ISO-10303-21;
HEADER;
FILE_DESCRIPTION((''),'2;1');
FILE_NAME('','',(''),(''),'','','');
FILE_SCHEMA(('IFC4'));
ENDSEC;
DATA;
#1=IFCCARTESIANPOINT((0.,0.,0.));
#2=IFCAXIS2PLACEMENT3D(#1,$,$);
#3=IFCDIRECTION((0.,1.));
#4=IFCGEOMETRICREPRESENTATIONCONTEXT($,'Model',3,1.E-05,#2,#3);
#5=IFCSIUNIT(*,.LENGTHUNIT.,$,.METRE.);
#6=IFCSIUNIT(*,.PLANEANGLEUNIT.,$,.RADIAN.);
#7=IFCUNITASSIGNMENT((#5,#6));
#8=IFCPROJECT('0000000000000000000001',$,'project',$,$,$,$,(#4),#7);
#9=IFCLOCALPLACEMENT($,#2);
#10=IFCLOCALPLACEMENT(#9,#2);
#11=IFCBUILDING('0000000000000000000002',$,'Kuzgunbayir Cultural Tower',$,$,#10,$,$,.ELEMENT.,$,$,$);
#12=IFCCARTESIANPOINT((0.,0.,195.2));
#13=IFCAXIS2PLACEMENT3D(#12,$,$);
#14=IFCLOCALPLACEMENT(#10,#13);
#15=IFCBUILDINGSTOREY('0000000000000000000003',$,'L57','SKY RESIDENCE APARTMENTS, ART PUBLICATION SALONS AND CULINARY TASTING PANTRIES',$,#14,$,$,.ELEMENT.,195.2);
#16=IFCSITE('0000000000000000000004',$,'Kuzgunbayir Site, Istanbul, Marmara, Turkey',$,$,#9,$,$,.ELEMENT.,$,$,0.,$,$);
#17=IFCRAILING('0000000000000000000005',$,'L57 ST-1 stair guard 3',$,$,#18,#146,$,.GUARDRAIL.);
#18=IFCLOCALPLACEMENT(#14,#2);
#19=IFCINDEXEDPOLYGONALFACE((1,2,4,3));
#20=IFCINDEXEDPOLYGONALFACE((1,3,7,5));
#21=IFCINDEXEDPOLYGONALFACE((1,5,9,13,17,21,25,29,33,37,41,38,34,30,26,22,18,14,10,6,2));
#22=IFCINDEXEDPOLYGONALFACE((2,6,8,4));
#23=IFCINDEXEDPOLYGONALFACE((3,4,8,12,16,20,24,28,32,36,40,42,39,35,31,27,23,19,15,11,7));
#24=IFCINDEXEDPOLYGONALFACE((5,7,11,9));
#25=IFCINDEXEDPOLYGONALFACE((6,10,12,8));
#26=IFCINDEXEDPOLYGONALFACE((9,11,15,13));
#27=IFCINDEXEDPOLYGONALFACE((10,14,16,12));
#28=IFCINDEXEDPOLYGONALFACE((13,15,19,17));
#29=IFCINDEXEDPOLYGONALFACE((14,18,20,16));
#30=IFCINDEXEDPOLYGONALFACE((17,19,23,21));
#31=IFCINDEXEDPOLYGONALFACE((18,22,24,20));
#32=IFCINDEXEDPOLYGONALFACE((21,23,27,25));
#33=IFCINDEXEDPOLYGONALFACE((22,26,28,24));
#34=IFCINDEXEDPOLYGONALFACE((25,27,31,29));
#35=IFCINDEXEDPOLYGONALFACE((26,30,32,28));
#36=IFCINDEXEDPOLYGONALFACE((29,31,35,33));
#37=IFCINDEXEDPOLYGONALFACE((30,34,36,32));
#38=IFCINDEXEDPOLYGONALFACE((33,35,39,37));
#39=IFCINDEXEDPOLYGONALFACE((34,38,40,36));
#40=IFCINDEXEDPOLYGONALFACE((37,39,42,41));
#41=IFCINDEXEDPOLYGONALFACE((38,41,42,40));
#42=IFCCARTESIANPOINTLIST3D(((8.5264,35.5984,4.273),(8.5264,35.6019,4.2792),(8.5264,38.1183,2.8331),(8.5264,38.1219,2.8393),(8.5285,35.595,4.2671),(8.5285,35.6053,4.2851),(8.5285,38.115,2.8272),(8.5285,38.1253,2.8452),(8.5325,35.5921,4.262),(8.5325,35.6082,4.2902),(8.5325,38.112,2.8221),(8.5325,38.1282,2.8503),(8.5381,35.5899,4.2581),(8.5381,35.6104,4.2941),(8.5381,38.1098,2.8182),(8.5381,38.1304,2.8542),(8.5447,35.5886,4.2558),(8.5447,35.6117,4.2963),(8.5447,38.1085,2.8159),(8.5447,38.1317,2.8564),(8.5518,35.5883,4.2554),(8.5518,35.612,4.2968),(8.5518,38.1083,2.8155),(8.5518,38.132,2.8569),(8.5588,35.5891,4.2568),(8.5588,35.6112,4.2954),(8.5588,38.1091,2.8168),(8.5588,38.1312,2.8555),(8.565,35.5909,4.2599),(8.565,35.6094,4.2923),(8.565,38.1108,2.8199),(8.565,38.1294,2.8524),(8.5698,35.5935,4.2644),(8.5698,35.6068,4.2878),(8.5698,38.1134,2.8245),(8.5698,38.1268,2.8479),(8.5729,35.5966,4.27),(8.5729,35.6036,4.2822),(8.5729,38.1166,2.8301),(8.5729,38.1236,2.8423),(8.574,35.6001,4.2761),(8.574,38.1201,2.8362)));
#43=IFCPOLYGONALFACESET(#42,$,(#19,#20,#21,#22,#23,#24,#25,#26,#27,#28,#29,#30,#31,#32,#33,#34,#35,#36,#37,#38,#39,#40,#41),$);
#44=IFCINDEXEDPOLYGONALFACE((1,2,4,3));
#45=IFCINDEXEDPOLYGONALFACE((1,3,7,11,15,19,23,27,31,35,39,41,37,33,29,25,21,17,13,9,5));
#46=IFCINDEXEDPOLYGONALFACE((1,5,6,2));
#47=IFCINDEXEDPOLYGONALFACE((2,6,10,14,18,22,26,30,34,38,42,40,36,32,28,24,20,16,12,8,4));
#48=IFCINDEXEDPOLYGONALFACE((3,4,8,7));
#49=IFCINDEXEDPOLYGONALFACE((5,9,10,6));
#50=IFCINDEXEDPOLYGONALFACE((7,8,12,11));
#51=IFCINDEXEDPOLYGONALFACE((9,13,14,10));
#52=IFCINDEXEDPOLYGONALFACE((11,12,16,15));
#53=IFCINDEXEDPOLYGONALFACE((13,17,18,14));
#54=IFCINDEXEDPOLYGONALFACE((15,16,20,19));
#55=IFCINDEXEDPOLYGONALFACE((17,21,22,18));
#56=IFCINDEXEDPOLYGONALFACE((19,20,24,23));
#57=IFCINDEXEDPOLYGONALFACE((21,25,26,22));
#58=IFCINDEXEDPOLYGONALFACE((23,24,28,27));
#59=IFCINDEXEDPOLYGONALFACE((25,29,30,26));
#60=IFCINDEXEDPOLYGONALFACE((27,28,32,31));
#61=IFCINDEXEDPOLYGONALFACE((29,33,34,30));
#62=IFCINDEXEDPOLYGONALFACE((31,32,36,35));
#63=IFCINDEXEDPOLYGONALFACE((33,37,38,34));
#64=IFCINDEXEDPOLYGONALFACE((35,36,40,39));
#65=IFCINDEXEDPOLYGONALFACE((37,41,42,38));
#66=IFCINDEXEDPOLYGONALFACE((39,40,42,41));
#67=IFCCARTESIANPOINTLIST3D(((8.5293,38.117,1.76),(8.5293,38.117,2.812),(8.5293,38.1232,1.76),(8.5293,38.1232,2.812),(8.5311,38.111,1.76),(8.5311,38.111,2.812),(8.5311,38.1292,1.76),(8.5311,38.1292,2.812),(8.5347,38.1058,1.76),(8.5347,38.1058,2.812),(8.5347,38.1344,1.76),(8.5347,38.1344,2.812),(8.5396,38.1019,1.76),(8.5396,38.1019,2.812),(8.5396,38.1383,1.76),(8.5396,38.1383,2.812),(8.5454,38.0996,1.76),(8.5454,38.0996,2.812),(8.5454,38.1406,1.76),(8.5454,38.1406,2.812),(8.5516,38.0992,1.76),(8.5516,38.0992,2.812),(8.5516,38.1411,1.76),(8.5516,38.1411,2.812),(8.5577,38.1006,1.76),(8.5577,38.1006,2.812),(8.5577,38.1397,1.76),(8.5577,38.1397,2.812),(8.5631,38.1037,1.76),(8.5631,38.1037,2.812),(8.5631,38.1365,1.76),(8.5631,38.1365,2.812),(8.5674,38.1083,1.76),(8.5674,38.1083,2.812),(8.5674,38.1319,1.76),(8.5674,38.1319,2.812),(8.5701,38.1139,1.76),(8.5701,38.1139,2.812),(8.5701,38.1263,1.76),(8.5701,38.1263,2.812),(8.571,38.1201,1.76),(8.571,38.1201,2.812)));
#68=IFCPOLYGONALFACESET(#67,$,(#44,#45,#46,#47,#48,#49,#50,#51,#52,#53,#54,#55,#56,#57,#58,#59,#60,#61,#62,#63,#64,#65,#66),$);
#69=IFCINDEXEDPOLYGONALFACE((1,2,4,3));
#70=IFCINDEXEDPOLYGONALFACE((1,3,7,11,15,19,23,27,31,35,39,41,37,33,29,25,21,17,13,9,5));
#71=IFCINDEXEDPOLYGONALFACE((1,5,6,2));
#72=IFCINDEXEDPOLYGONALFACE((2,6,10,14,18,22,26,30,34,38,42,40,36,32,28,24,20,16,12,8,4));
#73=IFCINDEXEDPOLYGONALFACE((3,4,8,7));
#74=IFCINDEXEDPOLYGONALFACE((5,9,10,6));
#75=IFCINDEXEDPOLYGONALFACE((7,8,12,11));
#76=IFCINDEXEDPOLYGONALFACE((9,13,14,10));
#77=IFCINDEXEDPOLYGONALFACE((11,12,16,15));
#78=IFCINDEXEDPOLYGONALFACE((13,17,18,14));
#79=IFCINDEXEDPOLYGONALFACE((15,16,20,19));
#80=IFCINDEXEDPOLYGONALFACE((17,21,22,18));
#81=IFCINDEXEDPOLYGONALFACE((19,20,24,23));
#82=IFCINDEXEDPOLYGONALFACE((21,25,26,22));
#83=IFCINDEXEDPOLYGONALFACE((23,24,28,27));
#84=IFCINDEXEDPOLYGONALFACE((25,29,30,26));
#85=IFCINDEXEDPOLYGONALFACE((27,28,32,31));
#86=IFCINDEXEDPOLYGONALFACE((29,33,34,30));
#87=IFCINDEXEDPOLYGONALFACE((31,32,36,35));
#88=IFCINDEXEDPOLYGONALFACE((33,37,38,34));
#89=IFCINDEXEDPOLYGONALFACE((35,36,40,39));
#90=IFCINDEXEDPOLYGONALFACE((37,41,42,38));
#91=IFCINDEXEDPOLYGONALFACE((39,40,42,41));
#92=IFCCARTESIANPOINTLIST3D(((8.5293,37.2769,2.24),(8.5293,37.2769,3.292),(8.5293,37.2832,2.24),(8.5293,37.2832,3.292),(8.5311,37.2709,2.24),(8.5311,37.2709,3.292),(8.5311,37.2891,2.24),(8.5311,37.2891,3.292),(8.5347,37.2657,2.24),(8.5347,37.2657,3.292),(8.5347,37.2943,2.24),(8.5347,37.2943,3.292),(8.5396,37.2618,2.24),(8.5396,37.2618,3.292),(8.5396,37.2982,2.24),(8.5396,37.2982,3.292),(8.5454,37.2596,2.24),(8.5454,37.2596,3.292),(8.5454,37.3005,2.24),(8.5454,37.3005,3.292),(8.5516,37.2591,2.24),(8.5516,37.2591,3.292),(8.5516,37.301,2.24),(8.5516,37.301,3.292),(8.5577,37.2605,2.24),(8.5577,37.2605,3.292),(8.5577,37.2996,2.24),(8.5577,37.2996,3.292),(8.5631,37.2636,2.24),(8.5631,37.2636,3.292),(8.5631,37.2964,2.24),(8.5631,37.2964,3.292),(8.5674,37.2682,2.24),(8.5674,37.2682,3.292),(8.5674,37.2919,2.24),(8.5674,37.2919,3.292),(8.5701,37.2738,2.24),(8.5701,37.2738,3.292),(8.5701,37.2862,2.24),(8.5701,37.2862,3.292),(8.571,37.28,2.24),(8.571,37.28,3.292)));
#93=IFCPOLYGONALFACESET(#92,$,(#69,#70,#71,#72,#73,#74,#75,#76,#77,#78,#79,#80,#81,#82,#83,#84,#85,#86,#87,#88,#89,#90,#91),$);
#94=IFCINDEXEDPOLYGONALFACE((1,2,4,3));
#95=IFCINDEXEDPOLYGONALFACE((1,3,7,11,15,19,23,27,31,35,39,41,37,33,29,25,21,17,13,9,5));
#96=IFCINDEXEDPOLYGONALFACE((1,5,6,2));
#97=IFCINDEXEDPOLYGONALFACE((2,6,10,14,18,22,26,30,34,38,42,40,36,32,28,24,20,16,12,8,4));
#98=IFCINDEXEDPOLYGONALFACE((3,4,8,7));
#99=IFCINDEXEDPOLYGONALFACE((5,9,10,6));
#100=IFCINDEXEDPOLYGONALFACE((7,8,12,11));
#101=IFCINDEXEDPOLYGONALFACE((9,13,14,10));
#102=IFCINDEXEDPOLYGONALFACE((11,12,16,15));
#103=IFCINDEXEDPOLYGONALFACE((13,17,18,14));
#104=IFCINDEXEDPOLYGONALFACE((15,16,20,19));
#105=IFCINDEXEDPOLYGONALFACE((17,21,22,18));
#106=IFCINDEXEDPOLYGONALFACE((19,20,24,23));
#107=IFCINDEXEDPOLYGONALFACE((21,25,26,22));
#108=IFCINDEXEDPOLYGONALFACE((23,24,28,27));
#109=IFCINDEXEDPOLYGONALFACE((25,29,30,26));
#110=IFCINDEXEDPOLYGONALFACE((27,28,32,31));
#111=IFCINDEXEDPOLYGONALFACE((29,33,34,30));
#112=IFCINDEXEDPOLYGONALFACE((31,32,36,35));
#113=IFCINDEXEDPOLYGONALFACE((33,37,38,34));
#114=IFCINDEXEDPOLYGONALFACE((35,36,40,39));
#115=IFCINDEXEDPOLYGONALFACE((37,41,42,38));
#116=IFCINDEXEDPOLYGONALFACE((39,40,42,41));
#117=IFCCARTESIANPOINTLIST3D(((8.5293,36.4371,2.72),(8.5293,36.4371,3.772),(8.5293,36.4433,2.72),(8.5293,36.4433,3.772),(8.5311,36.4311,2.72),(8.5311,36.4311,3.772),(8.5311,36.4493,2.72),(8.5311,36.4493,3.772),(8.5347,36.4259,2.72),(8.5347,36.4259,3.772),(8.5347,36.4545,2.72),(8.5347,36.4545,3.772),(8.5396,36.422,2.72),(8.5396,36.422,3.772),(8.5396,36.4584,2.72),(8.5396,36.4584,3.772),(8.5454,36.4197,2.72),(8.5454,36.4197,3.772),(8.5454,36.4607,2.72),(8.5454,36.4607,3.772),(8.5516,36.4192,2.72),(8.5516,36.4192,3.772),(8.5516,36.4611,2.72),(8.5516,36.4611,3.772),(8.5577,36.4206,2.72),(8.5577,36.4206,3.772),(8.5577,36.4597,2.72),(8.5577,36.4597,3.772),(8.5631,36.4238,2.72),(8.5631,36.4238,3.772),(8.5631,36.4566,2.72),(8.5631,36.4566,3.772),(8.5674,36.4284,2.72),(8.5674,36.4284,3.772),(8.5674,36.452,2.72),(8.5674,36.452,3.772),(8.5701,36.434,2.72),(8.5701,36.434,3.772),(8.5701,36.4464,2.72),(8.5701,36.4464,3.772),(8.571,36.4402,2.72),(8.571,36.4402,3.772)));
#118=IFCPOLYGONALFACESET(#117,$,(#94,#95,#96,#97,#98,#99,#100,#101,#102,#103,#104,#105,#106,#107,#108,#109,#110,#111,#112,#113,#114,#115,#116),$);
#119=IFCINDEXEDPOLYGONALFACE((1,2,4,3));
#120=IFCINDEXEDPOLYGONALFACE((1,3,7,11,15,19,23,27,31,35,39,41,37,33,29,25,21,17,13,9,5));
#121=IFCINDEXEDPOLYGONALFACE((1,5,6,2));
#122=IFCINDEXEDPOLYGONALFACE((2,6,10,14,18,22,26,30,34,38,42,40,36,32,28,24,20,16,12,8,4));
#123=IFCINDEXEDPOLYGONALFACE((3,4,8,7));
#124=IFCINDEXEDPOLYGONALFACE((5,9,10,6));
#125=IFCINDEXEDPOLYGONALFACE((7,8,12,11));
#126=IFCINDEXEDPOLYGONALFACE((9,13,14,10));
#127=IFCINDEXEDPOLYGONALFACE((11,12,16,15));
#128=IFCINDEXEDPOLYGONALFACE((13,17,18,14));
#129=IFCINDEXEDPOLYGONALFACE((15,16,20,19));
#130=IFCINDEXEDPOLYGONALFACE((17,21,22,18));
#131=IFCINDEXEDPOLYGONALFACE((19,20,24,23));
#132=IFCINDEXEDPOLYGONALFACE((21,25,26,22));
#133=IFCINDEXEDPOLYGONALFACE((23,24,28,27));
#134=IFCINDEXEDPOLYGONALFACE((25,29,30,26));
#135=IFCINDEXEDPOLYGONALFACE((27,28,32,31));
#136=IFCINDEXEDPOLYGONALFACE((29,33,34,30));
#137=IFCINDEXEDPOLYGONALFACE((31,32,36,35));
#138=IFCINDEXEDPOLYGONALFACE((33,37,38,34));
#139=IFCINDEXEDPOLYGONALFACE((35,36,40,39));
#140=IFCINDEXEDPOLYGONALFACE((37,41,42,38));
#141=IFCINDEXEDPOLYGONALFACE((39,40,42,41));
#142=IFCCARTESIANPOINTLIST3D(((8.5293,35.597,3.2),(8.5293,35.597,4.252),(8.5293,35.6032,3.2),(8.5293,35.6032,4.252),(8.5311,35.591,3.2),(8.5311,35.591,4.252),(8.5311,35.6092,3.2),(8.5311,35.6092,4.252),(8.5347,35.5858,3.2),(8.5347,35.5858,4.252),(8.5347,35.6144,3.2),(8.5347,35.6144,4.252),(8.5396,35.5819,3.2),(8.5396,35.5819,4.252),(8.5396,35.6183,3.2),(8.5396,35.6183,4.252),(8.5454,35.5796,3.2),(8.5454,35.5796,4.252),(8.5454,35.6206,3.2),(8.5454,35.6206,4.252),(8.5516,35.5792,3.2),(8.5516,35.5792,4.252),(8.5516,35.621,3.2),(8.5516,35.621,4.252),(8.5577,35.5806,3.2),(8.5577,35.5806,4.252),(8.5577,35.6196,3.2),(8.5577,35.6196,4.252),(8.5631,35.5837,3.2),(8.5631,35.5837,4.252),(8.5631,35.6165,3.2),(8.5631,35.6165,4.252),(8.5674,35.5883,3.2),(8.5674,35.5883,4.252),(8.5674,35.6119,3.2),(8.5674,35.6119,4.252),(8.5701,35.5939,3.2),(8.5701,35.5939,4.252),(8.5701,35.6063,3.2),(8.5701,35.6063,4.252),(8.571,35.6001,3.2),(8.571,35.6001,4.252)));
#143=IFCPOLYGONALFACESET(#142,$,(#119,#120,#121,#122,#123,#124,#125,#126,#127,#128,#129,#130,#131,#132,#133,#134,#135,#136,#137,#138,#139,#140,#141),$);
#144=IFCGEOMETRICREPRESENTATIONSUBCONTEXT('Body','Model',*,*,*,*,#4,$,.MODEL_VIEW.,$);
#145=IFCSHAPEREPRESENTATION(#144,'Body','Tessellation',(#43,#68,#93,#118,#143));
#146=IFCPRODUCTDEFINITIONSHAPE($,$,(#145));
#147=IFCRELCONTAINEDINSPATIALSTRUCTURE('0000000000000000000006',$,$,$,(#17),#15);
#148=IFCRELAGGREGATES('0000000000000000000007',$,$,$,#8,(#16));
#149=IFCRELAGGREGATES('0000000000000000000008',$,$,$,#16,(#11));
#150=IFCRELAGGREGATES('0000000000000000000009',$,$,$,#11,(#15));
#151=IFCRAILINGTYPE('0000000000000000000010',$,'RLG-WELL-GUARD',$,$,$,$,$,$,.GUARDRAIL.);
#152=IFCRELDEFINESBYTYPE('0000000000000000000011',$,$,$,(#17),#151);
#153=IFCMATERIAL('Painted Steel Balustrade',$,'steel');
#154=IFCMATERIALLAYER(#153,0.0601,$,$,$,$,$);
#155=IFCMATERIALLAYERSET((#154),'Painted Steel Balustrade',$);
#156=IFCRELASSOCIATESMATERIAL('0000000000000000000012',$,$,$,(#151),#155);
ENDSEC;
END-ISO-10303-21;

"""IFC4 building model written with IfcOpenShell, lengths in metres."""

from ifc_helpers import new_model, si_unit, direction, frame, origin, origin_2d, place, context, subcontext, project, spatial, circle, extrude, material, layer, layer_set, type_object, element, save


model = new_model("IFC4")

# Units and contexts
model_context = context("Model", 3, precision=1e-05, world=origin(), true_north=direction((0.0, 1.0)))
body_context = subcontext(model_context, "Body", "Model", "MODEL_VIEW")
ifc_project = project(units=[si_unit("LENGTHUNIT", "METRE"), si_unit("PLANEANGLEUNIT", "RADIAN")], contexts=[model_context])

# Site, building, storey
site_placement = place(None, origin())
site = spatial("IfcSite", under=ifc_project, at=site_placement, Name="Kuzgunbayir Site, Istanbul, Marmara, Turkey", CompositionType="ELEMENT", RefElevation=0.0)
building_placement = place(site_placement, origin())
building = spatial("IfcBuilding", under=site, at=building_placement, Name="Kuzgunbayir Cultural Tower", CompositionType="ELEMENT")
storey_placement = place(building_placement, frame((0.0, 0.0, 195.2)))
storey = spatial("IfcBuildingStorey", under=building, at=storey_placement, Name="L57", Description="SKY RESIDENCE APARTMENTS, ART PUBLICATION SALONS AND CULINARY TASTING PANTRIES", CompositionType="ELEMENT", Elevation=195.2)

# Railing
ifc_material_1 = material(Name="Painted Steel Balustrade", Category="steel")
ifc_layer_1 = layer(ifc_material_1, 0.0601)
ifc_layer_set_1 = layer_set([ifc_layer_1], Name="Painted Steel Balustrade")
railing_type_1 = type_object("IfcRailingType", Name="RLG-WELL-GUARD", PredefinedType="GUARDRAIL", material=ifc_layer_set_1)
railing_1_placement = place(storey_placement, frame((8.55, 38.1201, 1.76)))
element("IfcRailing", 1, at=railing_1_placement, inside=storey, type_object=railing_type_1, Name="L57 ST-1 stair guard 3", PredefinedType="GUARDRAIL", context=body_context, shape_type="SweptSolid", body=[
    extrude(circle(Radius=0.0239, at=origin_2d()), frame((0.0, 0.0, 1.0762), z_axis=(0.0, -0.868253, 0.496121), x_axis=(1.0, 0.0, 0.0)), (0.0, 0.0, 1.0), 2.9023),
    extrude(circle(Radius=0.021, at=origin_2d()), origin(), (0.0, 0.0, 1.0), 1.052),
    extrude(circle(Radius=0.021, at=origin_2d()), frame((0.0, -0.8401, 0.48)), (0.0, 0.0, 1.0), 1.052),
    extrude(circle(Radius=0.021, at=origin_2d()), frame((0.0, -1.6799, 0.96)), (0.0, 0.0, 1.0), 1.052),
    extrude(circle(Radius=0.021, at=origin_2d()), frame((0.0, -2.52, 1.4399)), (0.0, 0.0, 1.0), 1.052),
])

save(model, "model.ifc")
